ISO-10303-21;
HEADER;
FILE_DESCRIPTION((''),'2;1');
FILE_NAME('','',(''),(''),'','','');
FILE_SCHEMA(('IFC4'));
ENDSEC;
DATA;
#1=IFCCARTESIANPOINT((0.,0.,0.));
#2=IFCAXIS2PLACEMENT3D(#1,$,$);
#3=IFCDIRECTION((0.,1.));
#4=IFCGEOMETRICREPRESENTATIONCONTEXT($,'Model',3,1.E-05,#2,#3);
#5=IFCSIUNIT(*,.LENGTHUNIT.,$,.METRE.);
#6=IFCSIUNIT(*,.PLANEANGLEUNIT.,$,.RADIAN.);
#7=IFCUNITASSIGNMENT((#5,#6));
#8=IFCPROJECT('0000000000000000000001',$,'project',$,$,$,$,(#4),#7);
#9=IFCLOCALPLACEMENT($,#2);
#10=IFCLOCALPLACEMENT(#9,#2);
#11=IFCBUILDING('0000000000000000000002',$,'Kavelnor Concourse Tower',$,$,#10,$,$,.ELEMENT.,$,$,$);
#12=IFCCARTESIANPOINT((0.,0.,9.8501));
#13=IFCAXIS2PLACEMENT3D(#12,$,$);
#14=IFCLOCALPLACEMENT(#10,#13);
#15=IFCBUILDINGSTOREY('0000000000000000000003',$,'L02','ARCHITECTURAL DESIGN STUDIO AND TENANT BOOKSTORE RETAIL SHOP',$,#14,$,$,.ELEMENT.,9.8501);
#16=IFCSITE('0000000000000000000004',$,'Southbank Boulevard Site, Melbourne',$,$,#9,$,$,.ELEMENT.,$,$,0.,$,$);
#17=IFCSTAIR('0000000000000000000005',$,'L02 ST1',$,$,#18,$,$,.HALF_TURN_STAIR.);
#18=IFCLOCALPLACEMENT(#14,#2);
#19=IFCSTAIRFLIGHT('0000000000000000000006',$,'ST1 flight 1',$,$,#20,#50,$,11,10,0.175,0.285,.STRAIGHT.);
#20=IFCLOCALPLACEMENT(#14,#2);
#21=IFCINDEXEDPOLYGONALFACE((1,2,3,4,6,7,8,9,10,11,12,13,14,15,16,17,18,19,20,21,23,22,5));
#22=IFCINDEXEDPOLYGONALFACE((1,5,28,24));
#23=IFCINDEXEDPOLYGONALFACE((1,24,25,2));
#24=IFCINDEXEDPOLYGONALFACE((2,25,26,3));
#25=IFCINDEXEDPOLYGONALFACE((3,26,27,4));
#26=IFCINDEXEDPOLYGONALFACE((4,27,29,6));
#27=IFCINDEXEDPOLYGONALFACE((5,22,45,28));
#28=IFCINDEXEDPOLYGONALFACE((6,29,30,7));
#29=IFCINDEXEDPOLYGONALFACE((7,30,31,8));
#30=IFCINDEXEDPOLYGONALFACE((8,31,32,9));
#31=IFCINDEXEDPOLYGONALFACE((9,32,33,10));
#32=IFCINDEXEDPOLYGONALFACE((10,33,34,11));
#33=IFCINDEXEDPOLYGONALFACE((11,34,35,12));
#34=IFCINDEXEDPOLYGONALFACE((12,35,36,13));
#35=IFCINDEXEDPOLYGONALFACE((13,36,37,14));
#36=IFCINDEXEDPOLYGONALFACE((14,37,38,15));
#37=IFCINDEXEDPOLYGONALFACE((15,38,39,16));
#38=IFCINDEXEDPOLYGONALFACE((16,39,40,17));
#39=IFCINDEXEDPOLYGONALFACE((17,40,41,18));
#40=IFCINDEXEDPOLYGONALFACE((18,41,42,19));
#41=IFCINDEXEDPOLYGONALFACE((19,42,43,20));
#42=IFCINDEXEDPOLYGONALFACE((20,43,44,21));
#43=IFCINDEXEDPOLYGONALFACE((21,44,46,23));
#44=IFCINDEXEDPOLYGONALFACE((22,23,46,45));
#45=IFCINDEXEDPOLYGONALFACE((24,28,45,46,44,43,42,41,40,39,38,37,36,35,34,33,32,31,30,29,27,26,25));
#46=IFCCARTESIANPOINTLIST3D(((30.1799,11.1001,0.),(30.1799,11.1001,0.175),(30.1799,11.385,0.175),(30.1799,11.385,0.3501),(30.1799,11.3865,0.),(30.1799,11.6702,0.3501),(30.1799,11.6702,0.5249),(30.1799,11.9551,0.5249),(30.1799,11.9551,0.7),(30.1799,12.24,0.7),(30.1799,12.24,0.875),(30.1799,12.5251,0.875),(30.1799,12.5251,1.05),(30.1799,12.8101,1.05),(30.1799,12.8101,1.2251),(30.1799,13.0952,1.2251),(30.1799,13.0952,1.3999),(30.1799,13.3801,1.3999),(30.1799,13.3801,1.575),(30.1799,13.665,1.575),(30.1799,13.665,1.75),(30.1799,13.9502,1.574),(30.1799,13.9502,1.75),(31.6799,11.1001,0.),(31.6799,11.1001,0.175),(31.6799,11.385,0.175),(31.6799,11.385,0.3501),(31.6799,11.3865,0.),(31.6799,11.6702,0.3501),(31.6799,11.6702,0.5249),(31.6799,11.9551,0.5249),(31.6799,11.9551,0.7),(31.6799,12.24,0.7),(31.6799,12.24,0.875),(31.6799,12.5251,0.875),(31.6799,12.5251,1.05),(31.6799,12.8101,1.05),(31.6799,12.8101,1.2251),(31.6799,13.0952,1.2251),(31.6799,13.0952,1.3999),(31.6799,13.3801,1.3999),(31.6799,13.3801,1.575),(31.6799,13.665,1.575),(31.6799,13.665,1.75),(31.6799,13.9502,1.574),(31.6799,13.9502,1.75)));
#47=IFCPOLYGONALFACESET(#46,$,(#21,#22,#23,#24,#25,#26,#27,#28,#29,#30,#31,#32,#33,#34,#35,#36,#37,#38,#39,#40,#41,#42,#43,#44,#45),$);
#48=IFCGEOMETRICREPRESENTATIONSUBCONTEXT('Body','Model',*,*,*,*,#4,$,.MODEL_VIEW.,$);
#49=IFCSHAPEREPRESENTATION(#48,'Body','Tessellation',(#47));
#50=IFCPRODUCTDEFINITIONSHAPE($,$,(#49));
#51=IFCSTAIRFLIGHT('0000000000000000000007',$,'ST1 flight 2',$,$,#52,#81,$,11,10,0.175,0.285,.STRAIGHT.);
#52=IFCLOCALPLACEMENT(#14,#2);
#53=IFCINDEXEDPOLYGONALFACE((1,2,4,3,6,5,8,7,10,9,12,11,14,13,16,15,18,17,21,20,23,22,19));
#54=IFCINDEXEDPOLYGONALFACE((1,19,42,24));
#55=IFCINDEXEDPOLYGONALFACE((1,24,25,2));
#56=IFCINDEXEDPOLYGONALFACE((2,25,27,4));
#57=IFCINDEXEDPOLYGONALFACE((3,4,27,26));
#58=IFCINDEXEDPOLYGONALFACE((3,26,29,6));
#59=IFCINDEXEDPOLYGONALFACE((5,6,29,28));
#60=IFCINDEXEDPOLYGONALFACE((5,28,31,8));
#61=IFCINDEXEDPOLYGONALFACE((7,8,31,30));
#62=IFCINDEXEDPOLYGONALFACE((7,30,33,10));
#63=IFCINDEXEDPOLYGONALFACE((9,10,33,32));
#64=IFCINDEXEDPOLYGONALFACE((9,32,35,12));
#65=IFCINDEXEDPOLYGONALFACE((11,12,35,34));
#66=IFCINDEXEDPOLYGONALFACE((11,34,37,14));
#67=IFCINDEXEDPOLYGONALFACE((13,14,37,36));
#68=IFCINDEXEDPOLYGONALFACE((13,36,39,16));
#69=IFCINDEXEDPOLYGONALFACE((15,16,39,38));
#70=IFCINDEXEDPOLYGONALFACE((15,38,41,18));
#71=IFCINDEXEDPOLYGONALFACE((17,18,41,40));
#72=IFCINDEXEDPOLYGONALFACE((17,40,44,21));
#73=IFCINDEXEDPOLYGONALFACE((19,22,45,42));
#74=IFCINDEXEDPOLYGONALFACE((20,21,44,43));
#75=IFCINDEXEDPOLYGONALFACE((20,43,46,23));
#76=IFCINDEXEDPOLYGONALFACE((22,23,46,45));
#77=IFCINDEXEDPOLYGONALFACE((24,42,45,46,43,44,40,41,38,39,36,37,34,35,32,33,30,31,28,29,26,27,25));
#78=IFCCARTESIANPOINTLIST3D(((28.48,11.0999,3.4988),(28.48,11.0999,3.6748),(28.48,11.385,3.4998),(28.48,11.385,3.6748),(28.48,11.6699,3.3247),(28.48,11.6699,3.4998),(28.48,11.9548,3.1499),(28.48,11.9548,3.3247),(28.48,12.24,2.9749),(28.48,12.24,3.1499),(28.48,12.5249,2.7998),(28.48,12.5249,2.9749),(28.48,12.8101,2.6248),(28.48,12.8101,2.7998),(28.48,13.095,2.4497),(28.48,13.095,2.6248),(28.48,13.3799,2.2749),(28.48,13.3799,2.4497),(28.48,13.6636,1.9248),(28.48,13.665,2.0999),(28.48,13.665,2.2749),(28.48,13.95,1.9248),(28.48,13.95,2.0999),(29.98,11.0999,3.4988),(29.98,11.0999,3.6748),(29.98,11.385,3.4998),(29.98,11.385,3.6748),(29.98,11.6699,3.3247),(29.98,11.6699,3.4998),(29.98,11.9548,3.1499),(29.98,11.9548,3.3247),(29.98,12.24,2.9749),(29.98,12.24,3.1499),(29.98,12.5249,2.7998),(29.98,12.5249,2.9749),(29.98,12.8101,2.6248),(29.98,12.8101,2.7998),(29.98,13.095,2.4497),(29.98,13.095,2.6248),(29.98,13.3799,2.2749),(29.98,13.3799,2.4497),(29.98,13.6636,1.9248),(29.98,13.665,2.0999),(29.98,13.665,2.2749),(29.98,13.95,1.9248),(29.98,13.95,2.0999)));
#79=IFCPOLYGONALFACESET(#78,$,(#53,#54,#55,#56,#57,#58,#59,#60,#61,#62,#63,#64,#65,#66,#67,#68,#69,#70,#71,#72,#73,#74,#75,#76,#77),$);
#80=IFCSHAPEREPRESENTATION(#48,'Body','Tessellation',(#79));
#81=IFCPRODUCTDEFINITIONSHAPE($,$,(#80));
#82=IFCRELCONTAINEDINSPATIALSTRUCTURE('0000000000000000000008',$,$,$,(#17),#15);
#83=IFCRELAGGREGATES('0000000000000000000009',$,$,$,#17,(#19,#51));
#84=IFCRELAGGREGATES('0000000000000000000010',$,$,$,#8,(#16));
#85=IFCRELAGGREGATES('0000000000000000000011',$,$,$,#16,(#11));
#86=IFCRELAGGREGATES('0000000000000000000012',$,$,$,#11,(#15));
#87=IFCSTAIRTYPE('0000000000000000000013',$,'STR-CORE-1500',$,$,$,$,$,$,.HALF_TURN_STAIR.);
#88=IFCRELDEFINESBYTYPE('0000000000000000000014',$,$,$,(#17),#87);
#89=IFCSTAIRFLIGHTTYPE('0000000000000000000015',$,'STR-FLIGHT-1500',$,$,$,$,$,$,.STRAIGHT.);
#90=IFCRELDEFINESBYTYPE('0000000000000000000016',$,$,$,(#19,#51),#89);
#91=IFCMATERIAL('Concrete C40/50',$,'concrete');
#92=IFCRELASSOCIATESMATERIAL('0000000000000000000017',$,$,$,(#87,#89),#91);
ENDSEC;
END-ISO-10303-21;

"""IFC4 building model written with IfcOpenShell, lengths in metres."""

from ifc_helpers import new_model, si_unit, direction, frame, origin, place, context, subcontext, project, spatial, polyline, outline, extrude, material, type_object, element, aggregate, save


model = new_model("IFC4")

# Units and contexts
model_context = context("Model", 3, precision=1e-05, world=origin(), true_north=direction((0.0, 1.0)))
body_context = subcontext(model_context, "Body", "Model", "MODEL_VIEW")
ifc_project = project(units=[si_unit("LENGTHUNIT", "METRE"), si_unit("PLANEANGLEUNIT", "RADIAN")], contexts=[model_context])

# Site, building, storey
site_placement = place(None, origin())
site = spatial("IfcSite", under=ifc_project, at=site_placement, Name="Southbank Boulevard Site, Melbourne", CompositionType="ELEMENT", RefElevation=0.0)
building_placement = place(site_placement, origin())
building = spatial("IfcBuilding", under=site, at=building_placement, Name="Kavelnor Concourse Tower", CompositionType="ELEMENT")
storey_placement = place(building_placement, frame((0.0, 0.0, 9.8501)))
storey = spatial("IfcBuildingStorey", under=building, at=storey_placement, Name="L02", Description="ARCHITECTURAL DESIGN STUDIO AND TENANT BOOKSTORE RETAIL SHOP", CompositionType="ELEMENT", Elevation=9.8501)

# Stair, stair flights
ifc_material_1 = material(Name="Concrete C40/50", Category="concrete")
stair_type = type_object("IfcStairType", Name="STR-CORE-1500", PredefinedType="HALF_TURN_STAIR", material=ifc_material_1)
stair_placement = place(storey_placement, origin())
stair = element("IfcStair", 1, at=stair_placement, inside=storey, type_object=stair_type, Name="L02 ST1", PredefinedType="HALF_TURN_STAIR")
stair_flight_type = type_object("IfcStairFlightType", Name="STR-FLIGHT-1500", PredefinedType="STRAIGHT", material=ifc_material_1)
stair_flight_1_placement = place(storey_placement, frame((30.9299, 11.1001, 0.0), z_axis=(0.0, 0.0, 1.0), x_axis=(0.0, 1.0, 0.0)))
stair_flight_1 = element("IfcStairFlight", 2, at=stair_flight_1_placement, type_object=stair_flight_type, Name="ST1 flight 1", NumberOfRisers=11, NumberOfTreads=10, PredefinedType="STRAIGHT", RiserHeight=0.175, TreadLength=0.285, context=body_context, shape_type="SweptSolid", body=[
    extrude(outline(polyline([(0.0, 0.0), (0.0, 0.175), (0.2849, 0.175), (0.2849, 0.3501), (0.5701, 0.3501), (0.5701, 0.5249), (0.855, 0.5249), (0.855, 0.7), (1.1399, 0.7), (1.1399, 0.875), (1.425, 0.875), (1.425, 1.05), (1.71, 1.05), (1.71, 1.2251), (1.9951, 1.2251), (1.9951, 1.3999), (2.28, 1.3999), (2.28, 1.575), (2.5649, 1.575), (2.5649, 1.75), (2.8501, 1.75), (2.8501, 1.925), (2.8501, 1.574), (0.2864, 0.0), (0.0, 0.0)])), frame((0.0, 0.75, 0.0), z_axis=(0.0, -1.0, 0.0), x_axis=(1.0, 0.0, 0.0)), (0.0, 0.0, 1.0), 1.5),
])
stair_flight_2_placement = place(storey_placement, frame((29.23, 13.95, 1.9248), z_axis=(0.0, 0.0, 1.0), x_axis=(0.0, -1.0, 0.0)))
stair_flight_2 = element("IfcStairFlight", 3, at=stair_flight_2_placement, type_object=stair_flight_type, Name="ST1 flight 2", NumberOfRisers=11, NumberOfTreads=10, PredefinedType="STRAIGHT", RiserHeight=0.175, TreadLength=0.285, context=body_context, shape_type="SweptSolid", body=[
    extrude(outline(polyline([(0.0, 0.0), (0.0, 0.175), (0.2849, 0.175), (0.2849, 0.3501), (0.5701, 0.3501), (0.5701, 0.5249), (0.855, 0.5249), (0.855, 0.7), (1.1399, 0.7), (1.1399, 0.875), (1.425, 0.875), (1.425, 1.05), (1.71, 1.05), (1.71, 1.2251), (1.9951, 1.2251), (1.9951, 1.3999), (2.28, 1.3999), (2.28, 1.575), (2.5649, 1.575), (2.5649, 1.75), (2.8501, 1.75), (2.8501, 1.925), (2.8501, 1.574), (0.2864, 0.0), (0.0, 0.0)])), frame((0.0, 0.75, 0.0), z_axis=(0.0, -1.0, 0.0), x_axis=(1.0, 0.0, 0.0)), (0.0, 0.0, 1.0), 1.5),
])
aggregate(stair, [stair_flight_1, stair_flight_2])

save(model, "model.ifc")
